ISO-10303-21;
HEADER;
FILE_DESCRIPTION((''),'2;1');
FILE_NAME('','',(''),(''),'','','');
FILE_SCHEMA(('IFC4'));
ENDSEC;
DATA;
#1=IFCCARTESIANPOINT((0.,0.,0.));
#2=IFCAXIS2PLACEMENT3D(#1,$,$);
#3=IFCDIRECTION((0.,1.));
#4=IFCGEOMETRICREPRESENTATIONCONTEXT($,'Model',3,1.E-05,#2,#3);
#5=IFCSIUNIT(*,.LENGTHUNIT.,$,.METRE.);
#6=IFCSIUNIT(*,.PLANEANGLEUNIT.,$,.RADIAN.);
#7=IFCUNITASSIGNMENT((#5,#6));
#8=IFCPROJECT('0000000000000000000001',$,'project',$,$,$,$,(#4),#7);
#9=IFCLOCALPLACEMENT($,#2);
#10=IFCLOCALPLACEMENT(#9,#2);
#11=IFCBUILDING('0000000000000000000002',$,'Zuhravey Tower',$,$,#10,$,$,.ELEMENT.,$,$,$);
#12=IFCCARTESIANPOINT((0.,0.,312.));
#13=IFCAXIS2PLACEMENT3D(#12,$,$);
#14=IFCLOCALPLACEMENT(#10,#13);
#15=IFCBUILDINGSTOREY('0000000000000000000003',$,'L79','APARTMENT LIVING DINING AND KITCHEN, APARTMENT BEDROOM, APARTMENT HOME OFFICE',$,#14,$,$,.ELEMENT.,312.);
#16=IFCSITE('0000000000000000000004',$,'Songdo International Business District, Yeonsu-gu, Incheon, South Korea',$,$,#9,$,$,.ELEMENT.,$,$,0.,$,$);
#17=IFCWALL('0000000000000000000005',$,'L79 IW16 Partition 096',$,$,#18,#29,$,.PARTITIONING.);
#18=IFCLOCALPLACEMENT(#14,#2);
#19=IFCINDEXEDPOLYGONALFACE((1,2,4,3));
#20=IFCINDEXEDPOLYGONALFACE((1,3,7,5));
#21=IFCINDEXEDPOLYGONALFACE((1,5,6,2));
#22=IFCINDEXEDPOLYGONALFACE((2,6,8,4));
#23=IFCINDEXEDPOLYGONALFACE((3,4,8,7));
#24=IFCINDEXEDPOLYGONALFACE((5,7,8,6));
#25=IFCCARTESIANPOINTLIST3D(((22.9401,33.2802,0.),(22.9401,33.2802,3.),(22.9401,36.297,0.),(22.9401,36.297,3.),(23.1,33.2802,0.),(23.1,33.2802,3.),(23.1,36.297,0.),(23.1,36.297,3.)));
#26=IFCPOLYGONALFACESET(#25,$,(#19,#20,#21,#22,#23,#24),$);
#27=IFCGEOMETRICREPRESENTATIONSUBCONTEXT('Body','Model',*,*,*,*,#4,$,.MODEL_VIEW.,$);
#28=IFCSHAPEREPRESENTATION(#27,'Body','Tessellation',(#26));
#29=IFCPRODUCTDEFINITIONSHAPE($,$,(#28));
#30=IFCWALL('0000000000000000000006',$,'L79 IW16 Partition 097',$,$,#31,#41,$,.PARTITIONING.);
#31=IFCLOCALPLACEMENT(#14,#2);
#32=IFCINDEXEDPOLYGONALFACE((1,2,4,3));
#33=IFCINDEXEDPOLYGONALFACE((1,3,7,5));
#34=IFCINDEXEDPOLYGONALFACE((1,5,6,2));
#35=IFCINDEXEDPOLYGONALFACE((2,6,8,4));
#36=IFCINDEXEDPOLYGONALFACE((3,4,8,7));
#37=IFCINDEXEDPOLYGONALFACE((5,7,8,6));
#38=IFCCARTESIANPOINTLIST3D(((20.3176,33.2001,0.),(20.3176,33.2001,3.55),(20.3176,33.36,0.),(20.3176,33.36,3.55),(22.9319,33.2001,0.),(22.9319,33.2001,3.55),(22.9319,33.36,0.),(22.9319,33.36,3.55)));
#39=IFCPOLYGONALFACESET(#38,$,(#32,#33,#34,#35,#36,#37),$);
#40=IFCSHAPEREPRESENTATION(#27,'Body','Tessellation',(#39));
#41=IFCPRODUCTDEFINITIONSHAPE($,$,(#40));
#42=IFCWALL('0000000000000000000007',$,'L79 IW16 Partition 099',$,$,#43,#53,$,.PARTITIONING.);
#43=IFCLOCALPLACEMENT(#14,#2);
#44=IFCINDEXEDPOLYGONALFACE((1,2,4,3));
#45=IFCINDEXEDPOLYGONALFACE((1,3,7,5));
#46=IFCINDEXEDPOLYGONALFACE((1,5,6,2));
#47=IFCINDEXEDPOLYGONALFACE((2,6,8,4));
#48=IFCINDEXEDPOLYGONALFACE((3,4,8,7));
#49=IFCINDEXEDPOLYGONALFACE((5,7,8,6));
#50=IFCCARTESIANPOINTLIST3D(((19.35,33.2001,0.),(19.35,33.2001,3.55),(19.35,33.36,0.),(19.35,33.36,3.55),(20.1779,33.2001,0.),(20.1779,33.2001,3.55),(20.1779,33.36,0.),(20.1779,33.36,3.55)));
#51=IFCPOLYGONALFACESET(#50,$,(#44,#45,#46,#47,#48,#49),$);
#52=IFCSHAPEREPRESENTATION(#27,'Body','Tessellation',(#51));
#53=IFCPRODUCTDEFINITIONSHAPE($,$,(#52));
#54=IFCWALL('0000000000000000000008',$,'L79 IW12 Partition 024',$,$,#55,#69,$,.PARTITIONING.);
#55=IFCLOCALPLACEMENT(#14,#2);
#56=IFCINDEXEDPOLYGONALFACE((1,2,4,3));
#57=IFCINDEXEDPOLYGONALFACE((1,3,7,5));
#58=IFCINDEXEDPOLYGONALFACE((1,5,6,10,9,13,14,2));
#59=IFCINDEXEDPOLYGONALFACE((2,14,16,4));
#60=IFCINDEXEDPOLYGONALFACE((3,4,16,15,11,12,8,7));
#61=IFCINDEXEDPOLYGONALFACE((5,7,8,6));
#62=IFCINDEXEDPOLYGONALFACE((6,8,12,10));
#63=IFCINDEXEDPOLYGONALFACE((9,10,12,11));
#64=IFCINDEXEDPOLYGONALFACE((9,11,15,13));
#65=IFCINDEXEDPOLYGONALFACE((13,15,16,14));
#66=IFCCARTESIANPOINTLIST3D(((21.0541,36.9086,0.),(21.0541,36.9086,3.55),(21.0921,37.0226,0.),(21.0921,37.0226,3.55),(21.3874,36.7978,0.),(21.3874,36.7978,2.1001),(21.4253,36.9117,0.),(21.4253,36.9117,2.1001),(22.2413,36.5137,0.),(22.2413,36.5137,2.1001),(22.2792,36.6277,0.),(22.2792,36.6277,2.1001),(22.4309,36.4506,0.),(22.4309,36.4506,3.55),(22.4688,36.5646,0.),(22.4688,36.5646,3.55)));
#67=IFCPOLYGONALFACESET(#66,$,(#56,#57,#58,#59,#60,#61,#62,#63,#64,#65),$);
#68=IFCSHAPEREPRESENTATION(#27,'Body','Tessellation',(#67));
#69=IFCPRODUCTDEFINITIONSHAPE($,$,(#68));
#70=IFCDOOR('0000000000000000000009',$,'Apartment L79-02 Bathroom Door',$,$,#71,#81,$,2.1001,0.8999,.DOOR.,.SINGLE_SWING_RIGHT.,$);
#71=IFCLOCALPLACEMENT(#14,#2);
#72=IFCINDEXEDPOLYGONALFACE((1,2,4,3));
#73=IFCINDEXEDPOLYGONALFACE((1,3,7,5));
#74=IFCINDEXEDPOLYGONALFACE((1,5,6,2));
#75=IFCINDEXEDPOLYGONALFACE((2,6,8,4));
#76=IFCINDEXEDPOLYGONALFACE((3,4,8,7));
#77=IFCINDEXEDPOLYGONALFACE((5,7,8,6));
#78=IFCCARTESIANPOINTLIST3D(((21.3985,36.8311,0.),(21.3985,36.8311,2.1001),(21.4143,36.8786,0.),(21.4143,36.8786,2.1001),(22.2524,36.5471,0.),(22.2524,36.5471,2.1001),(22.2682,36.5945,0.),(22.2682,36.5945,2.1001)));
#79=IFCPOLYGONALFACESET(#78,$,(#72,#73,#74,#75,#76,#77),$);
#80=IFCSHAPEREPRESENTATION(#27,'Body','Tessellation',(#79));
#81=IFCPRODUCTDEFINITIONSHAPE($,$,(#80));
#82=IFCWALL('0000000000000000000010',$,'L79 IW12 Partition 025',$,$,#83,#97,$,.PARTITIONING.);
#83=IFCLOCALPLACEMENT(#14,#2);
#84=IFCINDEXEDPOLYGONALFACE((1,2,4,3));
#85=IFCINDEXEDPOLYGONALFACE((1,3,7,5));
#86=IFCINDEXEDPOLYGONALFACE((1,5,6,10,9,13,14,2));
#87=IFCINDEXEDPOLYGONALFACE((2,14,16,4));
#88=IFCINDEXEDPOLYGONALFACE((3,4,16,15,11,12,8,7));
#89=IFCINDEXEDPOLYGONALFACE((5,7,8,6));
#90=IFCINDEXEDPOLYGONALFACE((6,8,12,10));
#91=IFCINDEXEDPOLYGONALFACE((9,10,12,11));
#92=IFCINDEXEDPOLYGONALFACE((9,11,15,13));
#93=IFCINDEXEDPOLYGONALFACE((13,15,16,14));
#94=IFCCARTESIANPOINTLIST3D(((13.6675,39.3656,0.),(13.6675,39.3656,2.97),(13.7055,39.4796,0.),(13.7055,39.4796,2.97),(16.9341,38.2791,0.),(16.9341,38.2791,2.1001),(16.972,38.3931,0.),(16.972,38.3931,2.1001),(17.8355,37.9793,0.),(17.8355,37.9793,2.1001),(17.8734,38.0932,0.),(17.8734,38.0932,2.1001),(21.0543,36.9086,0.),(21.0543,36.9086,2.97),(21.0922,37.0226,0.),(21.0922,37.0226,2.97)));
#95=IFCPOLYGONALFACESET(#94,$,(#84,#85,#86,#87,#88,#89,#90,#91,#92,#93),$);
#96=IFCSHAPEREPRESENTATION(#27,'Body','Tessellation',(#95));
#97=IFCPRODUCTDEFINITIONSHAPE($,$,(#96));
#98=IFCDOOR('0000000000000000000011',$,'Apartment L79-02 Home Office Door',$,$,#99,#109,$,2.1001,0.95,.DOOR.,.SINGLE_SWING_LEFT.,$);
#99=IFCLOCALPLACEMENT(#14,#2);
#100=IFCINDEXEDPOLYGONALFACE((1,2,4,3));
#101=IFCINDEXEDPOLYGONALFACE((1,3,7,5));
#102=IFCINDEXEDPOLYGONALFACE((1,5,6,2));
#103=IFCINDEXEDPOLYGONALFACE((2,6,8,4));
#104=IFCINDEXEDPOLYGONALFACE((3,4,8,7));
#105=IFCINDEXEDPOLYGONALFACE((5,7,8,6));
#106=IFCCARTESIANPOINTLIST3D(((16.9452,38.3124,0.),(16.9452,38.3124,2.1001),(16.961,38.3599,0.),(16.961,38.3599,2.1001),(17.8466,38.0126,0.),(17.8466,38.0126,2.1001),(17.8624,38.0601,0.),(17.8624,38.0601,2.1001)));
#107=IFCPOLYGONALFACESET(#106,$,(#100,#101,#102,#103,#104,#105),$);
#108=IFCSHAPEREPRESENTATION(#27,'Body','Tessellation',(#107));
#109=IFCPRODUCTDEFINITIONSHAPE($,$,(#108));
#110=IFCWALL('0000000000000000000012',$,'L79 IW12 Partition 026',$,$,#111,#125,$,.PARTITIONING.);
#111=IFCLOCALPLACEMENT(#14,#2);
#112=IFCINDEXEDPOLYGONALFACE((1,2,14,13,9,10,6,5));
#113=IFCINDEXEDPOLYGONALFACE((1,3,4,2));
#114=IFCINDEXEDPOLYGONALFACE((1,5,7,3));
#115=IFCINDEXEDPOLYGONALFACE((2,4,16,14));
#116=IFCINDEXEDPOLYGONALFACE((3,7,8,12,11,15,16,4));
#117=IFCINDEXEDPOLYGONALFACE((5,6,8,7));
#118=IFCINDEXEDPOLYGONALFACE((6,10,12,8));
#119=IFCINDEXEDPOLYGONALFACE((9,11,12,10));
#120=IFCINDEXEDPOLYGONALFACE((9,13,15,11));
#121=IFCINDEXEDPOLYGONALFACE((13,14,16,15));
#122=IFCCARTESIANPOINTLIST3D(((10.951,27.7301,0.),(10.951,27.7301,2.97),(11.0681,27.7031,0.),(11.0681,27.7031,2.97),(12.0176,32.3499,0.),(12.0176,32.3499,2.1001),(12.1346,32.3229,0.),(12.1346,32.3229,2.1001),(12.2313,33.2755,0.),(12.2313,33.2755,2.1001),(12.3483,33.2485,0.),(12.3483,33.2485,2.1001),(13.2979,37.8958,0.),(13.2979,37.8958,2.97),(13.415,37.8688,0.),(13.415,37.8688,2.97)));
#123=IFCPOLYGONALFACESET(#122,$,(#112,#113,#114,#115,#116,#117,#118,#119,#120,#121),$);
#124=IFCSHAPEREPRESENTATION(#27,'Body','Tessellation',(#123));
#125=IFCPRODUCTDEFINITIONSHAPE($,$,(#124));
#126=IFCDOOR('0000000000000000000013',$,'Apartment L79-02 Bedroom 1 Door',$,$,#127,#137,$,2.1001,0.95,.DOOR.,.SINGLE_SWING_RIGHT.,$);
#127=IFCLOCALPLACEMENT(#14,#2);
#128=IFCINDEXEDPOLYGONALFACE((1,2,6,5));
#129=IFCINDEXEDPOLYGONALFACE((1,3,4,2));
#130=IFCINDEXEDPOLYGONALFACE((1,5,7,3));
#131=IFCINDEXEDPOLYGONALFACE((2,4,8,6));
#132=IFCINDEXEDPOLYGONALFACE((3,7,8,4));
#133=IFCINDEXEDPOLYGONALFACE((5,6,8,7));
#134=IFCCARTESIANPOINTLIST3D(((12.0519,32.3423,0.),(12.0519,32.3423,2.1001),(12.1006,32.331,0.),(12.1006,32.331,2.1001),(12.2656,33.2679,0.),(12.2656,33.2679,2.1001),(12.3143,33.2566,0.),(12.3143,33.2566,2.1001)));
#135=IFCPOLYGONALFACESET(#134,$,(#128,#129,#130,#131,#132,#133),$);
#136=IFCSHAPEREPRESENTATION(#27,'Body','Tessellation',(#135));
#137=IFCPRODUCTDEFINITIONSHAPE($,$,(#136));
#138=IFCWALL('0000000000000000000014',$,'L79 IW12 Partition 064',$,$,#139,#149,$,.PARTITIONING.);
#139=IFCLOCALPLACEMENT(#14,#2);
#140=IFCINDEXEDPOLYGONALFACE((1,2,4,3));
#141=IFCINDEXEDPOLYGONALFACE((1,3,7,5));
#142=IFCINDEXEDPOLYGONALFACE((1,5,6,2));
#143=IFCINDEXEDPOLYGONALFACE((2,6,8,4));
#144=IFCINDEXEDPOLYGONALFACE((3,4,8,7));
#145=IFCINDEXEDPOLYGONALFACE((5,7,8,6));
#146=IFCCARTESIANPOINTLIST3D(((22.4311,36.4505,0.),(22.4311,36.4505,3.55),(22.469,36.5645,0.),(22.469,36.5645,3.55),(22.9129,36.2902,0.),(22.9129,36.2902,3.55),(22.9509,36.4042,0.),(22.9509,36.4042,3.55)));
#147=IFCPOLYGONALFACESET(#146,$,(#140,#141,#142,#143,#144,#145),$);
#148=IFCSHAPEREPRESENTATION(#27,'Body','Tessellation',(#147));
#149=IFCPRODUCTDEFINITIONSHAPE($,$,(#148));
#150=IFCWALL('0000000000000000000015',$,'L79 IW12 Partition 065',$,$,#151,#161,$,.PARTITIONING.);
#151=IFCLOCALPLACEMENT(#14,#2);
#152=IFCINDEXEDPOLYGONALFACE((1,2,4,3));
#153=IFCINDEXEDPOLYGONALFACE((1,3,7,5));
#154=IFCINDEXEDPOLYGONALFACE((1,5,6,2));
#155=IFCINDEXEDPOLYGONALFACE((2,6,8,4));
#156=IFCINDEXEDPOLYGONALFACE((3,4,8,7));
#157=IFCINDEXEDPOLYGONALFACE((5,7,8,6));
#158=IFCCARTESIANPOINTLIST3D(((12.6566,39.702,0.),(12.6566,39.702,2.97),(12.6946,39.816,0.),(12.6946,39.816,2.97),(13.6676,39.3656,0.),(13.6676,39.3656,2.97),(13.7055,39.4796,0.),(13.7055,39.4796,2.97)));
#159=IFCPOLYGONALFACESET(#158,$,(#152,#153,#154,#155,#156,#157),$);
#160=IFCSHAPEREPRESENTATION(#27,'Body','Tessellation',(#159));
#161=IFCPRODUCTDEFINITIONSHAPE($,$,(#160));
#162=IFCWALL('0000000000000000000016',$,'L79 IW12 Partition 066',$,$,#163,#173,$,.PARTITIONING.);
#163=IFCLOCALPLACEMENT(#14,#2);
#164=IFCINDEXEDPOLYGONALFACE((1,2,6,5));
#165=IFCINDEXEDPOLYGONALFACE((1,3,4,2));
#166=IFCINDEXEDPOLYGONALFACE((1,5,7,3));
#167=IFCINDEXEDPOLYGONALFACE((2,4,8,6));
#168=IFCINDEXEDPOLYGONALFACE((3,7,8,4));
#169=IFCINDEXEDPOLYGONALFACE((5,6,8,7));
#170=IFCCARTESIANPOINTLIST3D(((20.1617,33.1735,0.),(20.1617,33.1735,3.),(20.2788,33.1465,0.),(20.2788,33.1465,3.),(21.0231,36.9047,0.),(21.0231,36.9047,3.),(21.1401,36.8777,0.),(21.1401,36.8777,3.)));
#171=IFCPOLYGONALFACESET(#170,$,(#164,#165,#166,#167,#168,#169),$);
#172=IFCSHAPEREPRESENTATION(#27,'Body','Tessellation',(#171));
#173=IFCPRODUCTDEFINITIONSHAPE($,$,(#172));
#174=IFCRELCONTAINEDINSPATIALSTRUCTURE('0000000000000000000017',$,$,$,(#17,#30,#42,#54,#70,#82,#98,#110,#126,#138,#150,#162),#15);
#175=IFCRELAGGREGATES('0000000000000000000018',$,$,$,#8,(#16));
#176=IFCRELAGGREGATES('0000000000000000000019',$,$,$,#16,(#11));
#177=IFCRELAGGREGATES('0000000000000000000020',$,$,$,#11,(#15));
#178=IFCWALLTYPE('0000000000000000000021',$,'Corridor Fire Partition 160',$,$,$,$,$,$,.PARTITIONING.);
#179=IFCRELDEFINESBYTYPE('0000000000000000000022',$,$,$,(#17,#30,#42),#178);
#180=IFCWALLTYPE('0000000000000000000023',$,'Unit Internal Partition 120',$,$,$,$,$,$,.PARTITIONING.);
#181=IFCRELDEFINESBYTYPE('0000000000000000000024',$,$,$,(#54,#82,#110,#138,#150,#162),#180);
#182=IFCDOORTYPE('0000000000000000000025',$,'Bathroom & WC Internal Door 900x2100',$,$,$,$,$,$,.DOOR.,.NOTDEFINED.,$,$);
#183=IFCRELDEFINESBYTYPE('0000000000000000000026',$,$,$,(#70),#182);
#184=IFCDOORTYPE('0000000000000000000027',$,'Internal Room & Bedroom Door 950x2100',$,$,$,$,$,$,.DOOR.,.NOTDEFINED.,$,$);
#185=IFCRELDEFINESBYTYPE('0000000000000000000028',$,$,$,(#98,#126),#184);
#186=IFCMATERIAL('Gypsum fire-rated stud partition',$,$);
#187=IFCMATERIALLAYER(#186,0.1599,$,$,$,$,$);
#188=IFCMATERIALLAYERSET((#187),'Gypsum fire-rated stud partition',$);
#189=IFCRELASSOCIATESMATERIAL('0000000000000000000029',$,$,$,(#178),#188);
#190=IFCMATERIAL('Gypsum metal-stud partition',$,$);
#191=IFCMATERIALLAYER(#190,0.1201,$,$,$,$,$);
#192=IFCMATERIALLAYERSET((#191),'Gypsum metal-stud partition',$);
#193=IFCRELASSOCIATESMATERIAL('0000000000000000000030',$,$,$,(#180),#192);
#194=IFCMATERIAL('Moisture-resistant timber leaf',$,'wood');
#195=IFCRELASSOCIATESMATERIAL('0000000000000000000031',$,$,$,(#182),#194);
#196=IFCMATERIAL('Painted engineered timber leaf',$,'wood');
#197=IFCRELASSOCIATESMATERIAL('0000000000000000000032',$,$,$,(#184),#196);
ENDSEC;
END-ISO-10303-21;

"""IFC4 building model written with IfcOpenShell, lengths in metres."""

from ifc_helpers import new_model, si_unit, direction, frame, frame_2d, origin, place, context, subcontext, project, spatial, rectangle, extrude, material, layer, layer_set, type_object, element, fill, save


model = new_model("IFC4")

# Units and contexts
model_context = context("Model", 3, precision=1e-05, world=origin(), true_north=direction((0.0, 1.0)))
body_context = subcontext(model_context, "Body", "Model", "MODEL_VIEW")
ifc_project = project(units=[si_unit("LENGTHUNIT", "METRE"), si_unit("PLANEANGLEUNIT", "RADIAN")], contexts=[model_context])

# Site, building, storey
site_placement = place(None, origin())
site = spatial("IfcSite", under=ifc_project, at=site_placement, Name="Songdo International Business District, Yeonsu-gu, Incheon, South Korea", CompositionType="ELEMENT", RefElevation=0.0)
building_placement = place(site_placement, origin())
building = spatial("IfcBuilding", under=site, at=building_placement, Name="Zuhravey Tower", CompositionType="ELEMENT")
storey_placement = place(building_placement, frame((0.0, 0.0, 312.0)))
storey = spatial("IfcBuildingStorey", under=building, at=storey_placement, Name="L79", Description="APARTMENT LIVING DINING AND KITCHEN, APARTMENT BEDROOM, APARTMENT HOME OFFICE", CompositionType="ELEMENT", Elevation=312.0)

# Walls
ifc_material_1 = material(Name="Gypsum fire-rated stud partition")
ifc_layer_1 = layer(ifc_material_1, 0.1599)
ifc_layer_set_1 = layer_set([ifc_layer_1], Name="Gypsum fire-rated stud partition")
wall_type_1 = type_object("IfcWallType", Name="Corridor Fire Partition 160", PredefinedType="PARTITIONING", material=ifc_layer_set_1)
wall_1_placement = place(storey_placement, frame((23.02, 36.2969, 0.0), z_axis=(0.0, 0.0, 1.0), x_axis=(0.0, -1.0, 0.0)))
element("IfcWall", 1, at=wall_1_placement, inside=storey, type_object=wall_type_1, Name="L79 IW16 Partition 096", PredefinedType="PARTITIONING", context=body_context, shape_type="SweptSolid", body=[
    extrude(rectangle(XDim=3.0168, YDim=0.1599, at=frame_2d((1.5083, 0.0))), origin(), (0.0, 0.0, 1.0), 3.0),
])
wall_2_placement = place(storey_placement, frame((22.9319, 33.28, 0.0), z_axis=(0.0, 0.0, 1.0), x_axis=(-1.0, 0.0, 0.0)))
element("IfcWall", 2, at=wall_2_placement, inside=storey, type_object=wall_type_1, Name="L79 IW16 Partition 097", PredefinedType="PARTITIONING", context=body_context, shape_type="SweptSolid", body=[
    extrude(rectangle(XDim=2.6143, YDim=0.1599, at=frame_2d((1.3071, 0.0))), origin(), (0.0, 0.0, 1.0), 3.55),
])
wall_3_placement = place(storey_placement, frame((20.178, 33.28, 0.0), z_axis=(0.0, 0.0, 1.0), x_axis=(-1.0, 0.0, 0.0)))
element("IfcWall", 3, at=wall_3_placement, inside=storey, type_object=wall_type_1, Name="L79 IW16 Partition 099", PredefinedType="PARTITIONING", context=body_context, shape_type="SweptSolid", body=[
    extrude(rectangle(XDim=0.8279, YDim=0.1599, at=frame_2d((0.4141, 0.0))), origin(), (0.0, 0.0, 1.0), 3.55),
])

# Walls, openings, doors
ifc_material_2 = material(Name="Gypsum metal-stud partition")
ifc_layer_2 = layer(ifc_material_2, 0.1201)
ifc_layer_set_2 = layer_set([ifc_layer_2], Name="Gypsum metal-stud partition")
wall_type_2 = type_object("IfcWallType", Name="Unit Internal Partition 120", PredefinedType="PARTITIONING", material=ifc_layer_set_2)
wall_4_placement = place(storey_placement, frame((22.45, 36.5076, 0.0), z_axis=(0.0, 0.0, 1.0), x_axis=(-0.948868, 0.315672, 0.0)))
wall_4 = element("IfcWall", 4, at=wall_4_placement, inside=storey, type_object=wall_type_2, Name="L79 IW12 Partition 024", PredefinedType="PARTITIONING", context=body_context, shape_type="SweptSolid", body=[
    extrude(rectangle(XDim=1.4509, YDim=0.1201, at=frame_2d((0.7256, 0.0))), origin(), (0.0, 0.0, 1.0), 3.55),
])
opening_1_placement = place(wall_4_placement, frame((0.2, 0.0, 0.0)))
opening_1 = element("IfcOpeningElement", 5, at=opening_1_placement, cuts=wall_4, PredefinedType="OPENING", context=body_context, shape_type="SweptSolid", body=[
    extrude(rectangle(XDim=0.8999, YDim=2.1001, at=frame_2d((0.45, 1.05))), frame((0.0, 0.072, 0.0), z_axis=(0.0, -1.0, 0.0), x_axis=(1.0, 0.0, 0.0)), (0.0, 0.0, 1.0), 0.144),
])
ifc_material_3 = material(Name="Moisture-resistant timber leaf", Category="wood")
door_type_1 = type_object("IfcDoorType", Name="Bathroom & WC Internal Door 900x2100", OperationType="NOTDEFINED", PredefinedType="DOOR", material=ifc_material_3)
door_1_placement = place(opening_1_placement, origin())
door_1 = element("IfcDoor", 6, at=door_1_placement, inside=storey, type_object=door_type_1, Name="Apartment L79-02 Bathroom Door", OperationType="SINGLE_SWING_RIGHT", OverallHeight=2.1001, OverallWidth=0.8999, PredefinedType="DOOR", context=body_context, shape_type="SweptSolid", body=[
    extrude(rectangle(XDim=0.8999, YDim=2.1001, at=frame_2d((0.45, 1.05))), frame((0.0, 0.0249, 0.0), z_axis=(0.0, -1.0, 0.0), x_axis=(1.0, 0.0, 0.0)), (0.0, 0.0, 1.0), 0.05),
])
fill(opening_1, door_1)
wall_5_placement = place(storey_placement, frame((21.0732, 36.9656, 0.0), z_axis=(0.0, 0.0, 1.0), x_axis=(-0.948884, 0.315626, 0.0)))
wall_5 = element("IfcWall", 7, at=wall_5_placement, inside=storey, type_object=wall_type_2, Name="L79 IW12 Partition 025", PredefinedType="PARTITIONING", context=body_context, shape_type="SweptSolid", body=[
    extrude(rectangle(XDim=7.7847, YDim=0.1201, at=frame_2d((3.8923, 0.0))), origin(), (0.0, 0.0, 1.0), 2.97),
])
opening_2_placement = place(wall_5_placement, frame((3.3921, 0.0, 0.0)))
opening_2 = element("IfcOpeningElement", 8, at=opening_2_placement, cuts=wall_5, PredefinedType="OPENING", context=body_context, shape_type="SweptSolid", body=[
    extrude(rectangle(XDim=0.95, YDim=2.1001, at=frame_2d((0.4751, 1.05))), frame((0.0, 0.072, 0.0), z_axis=(0.0, -1.0, 0.0), x_axis=(1.0, 0.0, 0.0)), (0.0, 0.0, 1.0), 0.144),
])
ifc_material_4 = material(Name="Painted engineered timber leaf", Category="wood")
door_type_2 = type_object("IfcDoorType", Name="Internal Room & Bedroom Door 950x2100", OperationType="NOTDEFINED", PredefinedType="DOOR", material=ifc_material_4)
door_2_placement = place(opening_2_placement, origin())
door_2 = element("IfcDoor", 9, at=door_2_placement, inside=storey, type_object=door_type_2, Name="Apartment L79-02 Home Office Door", OperationType="SINGLE_SWING_LEFT", OverallHeight=2.1001, OverallWidth=0.95, PredefinedType="DOOR", context=body_context, shape_type="SweptSolid", body=[
    extrude(rectangle(XDim=0.95, YDim=2.1001, at=frame_2d((0.4751, 1.05))), frame((0.0, 0.0249, 0.0), z_axis=(0.0, -1.0, 0.0), x_axis=(1.0, 0.0, 0.0)), (0.0, 0.0, 1.0), 0.05),
])
fill(opening_2, door_2)
wall_6_placement = place(storey_placement, frame((13.3564, 37.8823, 0.0), z_axis=(0.0, 0.0, 1.0), x_axis=(-0.224948, -0.974371, 0.0)))
wall_6 = element("IfcWall", 10, at=wall_6_placement, inside=storey, type_object=wall_type_2, Name="L79 IW12 Partition 026", PredefinedType="PARTITIONING", context=body_context, shape_type="SweptSolid", body=[
    extrude(rectangle(XDim=10.4331, YDim=0.1201, at=frame_2d((5.2166, 0.0))), origin(), (0.0, 0.0, 1.0), 2.97),
])
opening_3_placement = place(wall_6_placement, frame((4.7417, 0.0, 0.0)))
opening_3 = element("IfcOpeningElement", 11, at=opening_3_placement, cuts=wall_6, PredefinedType="OPENING", context=body_context, shape_type="SweptSolid", body=[
    extrude(rectangle(XDim=0.95, YDim=2.1001, at=frame_2d((0.4751, 1.05))), frame((0.0, 0.072, 0.0), z_axis=(0.0, -1.0, 0.0), x_axis=(1.0, 0.0, 0.0)), (0.0, 0.0, 1.0), 0.144),
])
door_3_placement = place(opening_3_placement, frame((0.95, 0.0, 0.0), z_axis=(0.0, 0.0, 1.0), x_axis=(-1.0, 0.0, 0.0)))
door_3 = element("IfcDoor", 12, at=door_3_placement, inside=storey, type_object=door_type_2, Name="Apartment L79-02 Bedroom 1 Door", OperationType="SINGLE_SWING_RIGHT", OverallHeight=2.1001, OverallWidth=0.95, PredefinedType="DOOR", context=body_context, shape_type="SweptSolid", body=[
    extrude(rectangle(XDim=0.95, YDim=2.1001, at=frame_2d((0.4751, 1.05))), frame((0.0, 0.0249, 0.0), z_axis=(0.0, -1.0, 0.0), x_axis=(1.0, 0.0, 0.0)), (0.0, 0.0, 1.0), 0.05),
])
fill(opening_3, door_3)

# Walls
wall_7_placement = place(storey_placement, frame((22.9319, 36.3472, 0.0), z_axis=(0.0, 0.0, 1.0), x_axis=(-0.948827, 0.315795, 0.0)))
element("IfcWall", 13, at=wall_7_placement, inside=storey, type_object=wall_type_2, Name="L79 IW12 Partition 064", PredefinedType="PARTITIONING", context=body_context, shape_type="SweptSolid", body=[
    extrude(rectangle(XDim=0.5078, YDim=0.1201, at=frame_2d((0.2539, 0.0))), origin(), (0.0, 0.0, 1.0), 3.55),
])
wall_8_placement = place(storey_placement, frame((13.6865, 39.4226, 0.0), z_axis=(0.0, 0.0, 1.0), x_axis=(-0.948844, 0.315747, 0.0)))
element("IfcWall", 14, at=wall_8_placement, inside=storey, type_object=wall_type_2, Name="L79 IW12 Partition 065", PredefinedType="PARTITIONING", context=body_context, shape_type="SweptSolid", body=[
    extrude(rectangle(XDim=1.0654, YDim=0.1201, at=frame_2d((0.5327, 0.0))), origin(), (0.0, 0.0, 1.0), 2.97),
])
wall_9_placement = place(storey_placement, frame((21.0815, 36.8911, 0.0), z_axis=(0.0, 0.0, 1.0), x_axis=(-0.224929, -0.974375, 0.0)))
element("IfcWall", 15, at=wall_9_placement, inside=storey, type_object=wall_type_2, Name="L79 IW12 Partition 066", PredefinedType="PARTITIONING", context=body_context, shape_type="SweptSolid", body=[
    extrude(rectangle(XDim=3.8293, YDim=0.1201, at=frame_2d((1.9146, 0.0))), origin(), (0.0, 0.0, 1.0), 3.0),
])

save(model, "model.ifc")
